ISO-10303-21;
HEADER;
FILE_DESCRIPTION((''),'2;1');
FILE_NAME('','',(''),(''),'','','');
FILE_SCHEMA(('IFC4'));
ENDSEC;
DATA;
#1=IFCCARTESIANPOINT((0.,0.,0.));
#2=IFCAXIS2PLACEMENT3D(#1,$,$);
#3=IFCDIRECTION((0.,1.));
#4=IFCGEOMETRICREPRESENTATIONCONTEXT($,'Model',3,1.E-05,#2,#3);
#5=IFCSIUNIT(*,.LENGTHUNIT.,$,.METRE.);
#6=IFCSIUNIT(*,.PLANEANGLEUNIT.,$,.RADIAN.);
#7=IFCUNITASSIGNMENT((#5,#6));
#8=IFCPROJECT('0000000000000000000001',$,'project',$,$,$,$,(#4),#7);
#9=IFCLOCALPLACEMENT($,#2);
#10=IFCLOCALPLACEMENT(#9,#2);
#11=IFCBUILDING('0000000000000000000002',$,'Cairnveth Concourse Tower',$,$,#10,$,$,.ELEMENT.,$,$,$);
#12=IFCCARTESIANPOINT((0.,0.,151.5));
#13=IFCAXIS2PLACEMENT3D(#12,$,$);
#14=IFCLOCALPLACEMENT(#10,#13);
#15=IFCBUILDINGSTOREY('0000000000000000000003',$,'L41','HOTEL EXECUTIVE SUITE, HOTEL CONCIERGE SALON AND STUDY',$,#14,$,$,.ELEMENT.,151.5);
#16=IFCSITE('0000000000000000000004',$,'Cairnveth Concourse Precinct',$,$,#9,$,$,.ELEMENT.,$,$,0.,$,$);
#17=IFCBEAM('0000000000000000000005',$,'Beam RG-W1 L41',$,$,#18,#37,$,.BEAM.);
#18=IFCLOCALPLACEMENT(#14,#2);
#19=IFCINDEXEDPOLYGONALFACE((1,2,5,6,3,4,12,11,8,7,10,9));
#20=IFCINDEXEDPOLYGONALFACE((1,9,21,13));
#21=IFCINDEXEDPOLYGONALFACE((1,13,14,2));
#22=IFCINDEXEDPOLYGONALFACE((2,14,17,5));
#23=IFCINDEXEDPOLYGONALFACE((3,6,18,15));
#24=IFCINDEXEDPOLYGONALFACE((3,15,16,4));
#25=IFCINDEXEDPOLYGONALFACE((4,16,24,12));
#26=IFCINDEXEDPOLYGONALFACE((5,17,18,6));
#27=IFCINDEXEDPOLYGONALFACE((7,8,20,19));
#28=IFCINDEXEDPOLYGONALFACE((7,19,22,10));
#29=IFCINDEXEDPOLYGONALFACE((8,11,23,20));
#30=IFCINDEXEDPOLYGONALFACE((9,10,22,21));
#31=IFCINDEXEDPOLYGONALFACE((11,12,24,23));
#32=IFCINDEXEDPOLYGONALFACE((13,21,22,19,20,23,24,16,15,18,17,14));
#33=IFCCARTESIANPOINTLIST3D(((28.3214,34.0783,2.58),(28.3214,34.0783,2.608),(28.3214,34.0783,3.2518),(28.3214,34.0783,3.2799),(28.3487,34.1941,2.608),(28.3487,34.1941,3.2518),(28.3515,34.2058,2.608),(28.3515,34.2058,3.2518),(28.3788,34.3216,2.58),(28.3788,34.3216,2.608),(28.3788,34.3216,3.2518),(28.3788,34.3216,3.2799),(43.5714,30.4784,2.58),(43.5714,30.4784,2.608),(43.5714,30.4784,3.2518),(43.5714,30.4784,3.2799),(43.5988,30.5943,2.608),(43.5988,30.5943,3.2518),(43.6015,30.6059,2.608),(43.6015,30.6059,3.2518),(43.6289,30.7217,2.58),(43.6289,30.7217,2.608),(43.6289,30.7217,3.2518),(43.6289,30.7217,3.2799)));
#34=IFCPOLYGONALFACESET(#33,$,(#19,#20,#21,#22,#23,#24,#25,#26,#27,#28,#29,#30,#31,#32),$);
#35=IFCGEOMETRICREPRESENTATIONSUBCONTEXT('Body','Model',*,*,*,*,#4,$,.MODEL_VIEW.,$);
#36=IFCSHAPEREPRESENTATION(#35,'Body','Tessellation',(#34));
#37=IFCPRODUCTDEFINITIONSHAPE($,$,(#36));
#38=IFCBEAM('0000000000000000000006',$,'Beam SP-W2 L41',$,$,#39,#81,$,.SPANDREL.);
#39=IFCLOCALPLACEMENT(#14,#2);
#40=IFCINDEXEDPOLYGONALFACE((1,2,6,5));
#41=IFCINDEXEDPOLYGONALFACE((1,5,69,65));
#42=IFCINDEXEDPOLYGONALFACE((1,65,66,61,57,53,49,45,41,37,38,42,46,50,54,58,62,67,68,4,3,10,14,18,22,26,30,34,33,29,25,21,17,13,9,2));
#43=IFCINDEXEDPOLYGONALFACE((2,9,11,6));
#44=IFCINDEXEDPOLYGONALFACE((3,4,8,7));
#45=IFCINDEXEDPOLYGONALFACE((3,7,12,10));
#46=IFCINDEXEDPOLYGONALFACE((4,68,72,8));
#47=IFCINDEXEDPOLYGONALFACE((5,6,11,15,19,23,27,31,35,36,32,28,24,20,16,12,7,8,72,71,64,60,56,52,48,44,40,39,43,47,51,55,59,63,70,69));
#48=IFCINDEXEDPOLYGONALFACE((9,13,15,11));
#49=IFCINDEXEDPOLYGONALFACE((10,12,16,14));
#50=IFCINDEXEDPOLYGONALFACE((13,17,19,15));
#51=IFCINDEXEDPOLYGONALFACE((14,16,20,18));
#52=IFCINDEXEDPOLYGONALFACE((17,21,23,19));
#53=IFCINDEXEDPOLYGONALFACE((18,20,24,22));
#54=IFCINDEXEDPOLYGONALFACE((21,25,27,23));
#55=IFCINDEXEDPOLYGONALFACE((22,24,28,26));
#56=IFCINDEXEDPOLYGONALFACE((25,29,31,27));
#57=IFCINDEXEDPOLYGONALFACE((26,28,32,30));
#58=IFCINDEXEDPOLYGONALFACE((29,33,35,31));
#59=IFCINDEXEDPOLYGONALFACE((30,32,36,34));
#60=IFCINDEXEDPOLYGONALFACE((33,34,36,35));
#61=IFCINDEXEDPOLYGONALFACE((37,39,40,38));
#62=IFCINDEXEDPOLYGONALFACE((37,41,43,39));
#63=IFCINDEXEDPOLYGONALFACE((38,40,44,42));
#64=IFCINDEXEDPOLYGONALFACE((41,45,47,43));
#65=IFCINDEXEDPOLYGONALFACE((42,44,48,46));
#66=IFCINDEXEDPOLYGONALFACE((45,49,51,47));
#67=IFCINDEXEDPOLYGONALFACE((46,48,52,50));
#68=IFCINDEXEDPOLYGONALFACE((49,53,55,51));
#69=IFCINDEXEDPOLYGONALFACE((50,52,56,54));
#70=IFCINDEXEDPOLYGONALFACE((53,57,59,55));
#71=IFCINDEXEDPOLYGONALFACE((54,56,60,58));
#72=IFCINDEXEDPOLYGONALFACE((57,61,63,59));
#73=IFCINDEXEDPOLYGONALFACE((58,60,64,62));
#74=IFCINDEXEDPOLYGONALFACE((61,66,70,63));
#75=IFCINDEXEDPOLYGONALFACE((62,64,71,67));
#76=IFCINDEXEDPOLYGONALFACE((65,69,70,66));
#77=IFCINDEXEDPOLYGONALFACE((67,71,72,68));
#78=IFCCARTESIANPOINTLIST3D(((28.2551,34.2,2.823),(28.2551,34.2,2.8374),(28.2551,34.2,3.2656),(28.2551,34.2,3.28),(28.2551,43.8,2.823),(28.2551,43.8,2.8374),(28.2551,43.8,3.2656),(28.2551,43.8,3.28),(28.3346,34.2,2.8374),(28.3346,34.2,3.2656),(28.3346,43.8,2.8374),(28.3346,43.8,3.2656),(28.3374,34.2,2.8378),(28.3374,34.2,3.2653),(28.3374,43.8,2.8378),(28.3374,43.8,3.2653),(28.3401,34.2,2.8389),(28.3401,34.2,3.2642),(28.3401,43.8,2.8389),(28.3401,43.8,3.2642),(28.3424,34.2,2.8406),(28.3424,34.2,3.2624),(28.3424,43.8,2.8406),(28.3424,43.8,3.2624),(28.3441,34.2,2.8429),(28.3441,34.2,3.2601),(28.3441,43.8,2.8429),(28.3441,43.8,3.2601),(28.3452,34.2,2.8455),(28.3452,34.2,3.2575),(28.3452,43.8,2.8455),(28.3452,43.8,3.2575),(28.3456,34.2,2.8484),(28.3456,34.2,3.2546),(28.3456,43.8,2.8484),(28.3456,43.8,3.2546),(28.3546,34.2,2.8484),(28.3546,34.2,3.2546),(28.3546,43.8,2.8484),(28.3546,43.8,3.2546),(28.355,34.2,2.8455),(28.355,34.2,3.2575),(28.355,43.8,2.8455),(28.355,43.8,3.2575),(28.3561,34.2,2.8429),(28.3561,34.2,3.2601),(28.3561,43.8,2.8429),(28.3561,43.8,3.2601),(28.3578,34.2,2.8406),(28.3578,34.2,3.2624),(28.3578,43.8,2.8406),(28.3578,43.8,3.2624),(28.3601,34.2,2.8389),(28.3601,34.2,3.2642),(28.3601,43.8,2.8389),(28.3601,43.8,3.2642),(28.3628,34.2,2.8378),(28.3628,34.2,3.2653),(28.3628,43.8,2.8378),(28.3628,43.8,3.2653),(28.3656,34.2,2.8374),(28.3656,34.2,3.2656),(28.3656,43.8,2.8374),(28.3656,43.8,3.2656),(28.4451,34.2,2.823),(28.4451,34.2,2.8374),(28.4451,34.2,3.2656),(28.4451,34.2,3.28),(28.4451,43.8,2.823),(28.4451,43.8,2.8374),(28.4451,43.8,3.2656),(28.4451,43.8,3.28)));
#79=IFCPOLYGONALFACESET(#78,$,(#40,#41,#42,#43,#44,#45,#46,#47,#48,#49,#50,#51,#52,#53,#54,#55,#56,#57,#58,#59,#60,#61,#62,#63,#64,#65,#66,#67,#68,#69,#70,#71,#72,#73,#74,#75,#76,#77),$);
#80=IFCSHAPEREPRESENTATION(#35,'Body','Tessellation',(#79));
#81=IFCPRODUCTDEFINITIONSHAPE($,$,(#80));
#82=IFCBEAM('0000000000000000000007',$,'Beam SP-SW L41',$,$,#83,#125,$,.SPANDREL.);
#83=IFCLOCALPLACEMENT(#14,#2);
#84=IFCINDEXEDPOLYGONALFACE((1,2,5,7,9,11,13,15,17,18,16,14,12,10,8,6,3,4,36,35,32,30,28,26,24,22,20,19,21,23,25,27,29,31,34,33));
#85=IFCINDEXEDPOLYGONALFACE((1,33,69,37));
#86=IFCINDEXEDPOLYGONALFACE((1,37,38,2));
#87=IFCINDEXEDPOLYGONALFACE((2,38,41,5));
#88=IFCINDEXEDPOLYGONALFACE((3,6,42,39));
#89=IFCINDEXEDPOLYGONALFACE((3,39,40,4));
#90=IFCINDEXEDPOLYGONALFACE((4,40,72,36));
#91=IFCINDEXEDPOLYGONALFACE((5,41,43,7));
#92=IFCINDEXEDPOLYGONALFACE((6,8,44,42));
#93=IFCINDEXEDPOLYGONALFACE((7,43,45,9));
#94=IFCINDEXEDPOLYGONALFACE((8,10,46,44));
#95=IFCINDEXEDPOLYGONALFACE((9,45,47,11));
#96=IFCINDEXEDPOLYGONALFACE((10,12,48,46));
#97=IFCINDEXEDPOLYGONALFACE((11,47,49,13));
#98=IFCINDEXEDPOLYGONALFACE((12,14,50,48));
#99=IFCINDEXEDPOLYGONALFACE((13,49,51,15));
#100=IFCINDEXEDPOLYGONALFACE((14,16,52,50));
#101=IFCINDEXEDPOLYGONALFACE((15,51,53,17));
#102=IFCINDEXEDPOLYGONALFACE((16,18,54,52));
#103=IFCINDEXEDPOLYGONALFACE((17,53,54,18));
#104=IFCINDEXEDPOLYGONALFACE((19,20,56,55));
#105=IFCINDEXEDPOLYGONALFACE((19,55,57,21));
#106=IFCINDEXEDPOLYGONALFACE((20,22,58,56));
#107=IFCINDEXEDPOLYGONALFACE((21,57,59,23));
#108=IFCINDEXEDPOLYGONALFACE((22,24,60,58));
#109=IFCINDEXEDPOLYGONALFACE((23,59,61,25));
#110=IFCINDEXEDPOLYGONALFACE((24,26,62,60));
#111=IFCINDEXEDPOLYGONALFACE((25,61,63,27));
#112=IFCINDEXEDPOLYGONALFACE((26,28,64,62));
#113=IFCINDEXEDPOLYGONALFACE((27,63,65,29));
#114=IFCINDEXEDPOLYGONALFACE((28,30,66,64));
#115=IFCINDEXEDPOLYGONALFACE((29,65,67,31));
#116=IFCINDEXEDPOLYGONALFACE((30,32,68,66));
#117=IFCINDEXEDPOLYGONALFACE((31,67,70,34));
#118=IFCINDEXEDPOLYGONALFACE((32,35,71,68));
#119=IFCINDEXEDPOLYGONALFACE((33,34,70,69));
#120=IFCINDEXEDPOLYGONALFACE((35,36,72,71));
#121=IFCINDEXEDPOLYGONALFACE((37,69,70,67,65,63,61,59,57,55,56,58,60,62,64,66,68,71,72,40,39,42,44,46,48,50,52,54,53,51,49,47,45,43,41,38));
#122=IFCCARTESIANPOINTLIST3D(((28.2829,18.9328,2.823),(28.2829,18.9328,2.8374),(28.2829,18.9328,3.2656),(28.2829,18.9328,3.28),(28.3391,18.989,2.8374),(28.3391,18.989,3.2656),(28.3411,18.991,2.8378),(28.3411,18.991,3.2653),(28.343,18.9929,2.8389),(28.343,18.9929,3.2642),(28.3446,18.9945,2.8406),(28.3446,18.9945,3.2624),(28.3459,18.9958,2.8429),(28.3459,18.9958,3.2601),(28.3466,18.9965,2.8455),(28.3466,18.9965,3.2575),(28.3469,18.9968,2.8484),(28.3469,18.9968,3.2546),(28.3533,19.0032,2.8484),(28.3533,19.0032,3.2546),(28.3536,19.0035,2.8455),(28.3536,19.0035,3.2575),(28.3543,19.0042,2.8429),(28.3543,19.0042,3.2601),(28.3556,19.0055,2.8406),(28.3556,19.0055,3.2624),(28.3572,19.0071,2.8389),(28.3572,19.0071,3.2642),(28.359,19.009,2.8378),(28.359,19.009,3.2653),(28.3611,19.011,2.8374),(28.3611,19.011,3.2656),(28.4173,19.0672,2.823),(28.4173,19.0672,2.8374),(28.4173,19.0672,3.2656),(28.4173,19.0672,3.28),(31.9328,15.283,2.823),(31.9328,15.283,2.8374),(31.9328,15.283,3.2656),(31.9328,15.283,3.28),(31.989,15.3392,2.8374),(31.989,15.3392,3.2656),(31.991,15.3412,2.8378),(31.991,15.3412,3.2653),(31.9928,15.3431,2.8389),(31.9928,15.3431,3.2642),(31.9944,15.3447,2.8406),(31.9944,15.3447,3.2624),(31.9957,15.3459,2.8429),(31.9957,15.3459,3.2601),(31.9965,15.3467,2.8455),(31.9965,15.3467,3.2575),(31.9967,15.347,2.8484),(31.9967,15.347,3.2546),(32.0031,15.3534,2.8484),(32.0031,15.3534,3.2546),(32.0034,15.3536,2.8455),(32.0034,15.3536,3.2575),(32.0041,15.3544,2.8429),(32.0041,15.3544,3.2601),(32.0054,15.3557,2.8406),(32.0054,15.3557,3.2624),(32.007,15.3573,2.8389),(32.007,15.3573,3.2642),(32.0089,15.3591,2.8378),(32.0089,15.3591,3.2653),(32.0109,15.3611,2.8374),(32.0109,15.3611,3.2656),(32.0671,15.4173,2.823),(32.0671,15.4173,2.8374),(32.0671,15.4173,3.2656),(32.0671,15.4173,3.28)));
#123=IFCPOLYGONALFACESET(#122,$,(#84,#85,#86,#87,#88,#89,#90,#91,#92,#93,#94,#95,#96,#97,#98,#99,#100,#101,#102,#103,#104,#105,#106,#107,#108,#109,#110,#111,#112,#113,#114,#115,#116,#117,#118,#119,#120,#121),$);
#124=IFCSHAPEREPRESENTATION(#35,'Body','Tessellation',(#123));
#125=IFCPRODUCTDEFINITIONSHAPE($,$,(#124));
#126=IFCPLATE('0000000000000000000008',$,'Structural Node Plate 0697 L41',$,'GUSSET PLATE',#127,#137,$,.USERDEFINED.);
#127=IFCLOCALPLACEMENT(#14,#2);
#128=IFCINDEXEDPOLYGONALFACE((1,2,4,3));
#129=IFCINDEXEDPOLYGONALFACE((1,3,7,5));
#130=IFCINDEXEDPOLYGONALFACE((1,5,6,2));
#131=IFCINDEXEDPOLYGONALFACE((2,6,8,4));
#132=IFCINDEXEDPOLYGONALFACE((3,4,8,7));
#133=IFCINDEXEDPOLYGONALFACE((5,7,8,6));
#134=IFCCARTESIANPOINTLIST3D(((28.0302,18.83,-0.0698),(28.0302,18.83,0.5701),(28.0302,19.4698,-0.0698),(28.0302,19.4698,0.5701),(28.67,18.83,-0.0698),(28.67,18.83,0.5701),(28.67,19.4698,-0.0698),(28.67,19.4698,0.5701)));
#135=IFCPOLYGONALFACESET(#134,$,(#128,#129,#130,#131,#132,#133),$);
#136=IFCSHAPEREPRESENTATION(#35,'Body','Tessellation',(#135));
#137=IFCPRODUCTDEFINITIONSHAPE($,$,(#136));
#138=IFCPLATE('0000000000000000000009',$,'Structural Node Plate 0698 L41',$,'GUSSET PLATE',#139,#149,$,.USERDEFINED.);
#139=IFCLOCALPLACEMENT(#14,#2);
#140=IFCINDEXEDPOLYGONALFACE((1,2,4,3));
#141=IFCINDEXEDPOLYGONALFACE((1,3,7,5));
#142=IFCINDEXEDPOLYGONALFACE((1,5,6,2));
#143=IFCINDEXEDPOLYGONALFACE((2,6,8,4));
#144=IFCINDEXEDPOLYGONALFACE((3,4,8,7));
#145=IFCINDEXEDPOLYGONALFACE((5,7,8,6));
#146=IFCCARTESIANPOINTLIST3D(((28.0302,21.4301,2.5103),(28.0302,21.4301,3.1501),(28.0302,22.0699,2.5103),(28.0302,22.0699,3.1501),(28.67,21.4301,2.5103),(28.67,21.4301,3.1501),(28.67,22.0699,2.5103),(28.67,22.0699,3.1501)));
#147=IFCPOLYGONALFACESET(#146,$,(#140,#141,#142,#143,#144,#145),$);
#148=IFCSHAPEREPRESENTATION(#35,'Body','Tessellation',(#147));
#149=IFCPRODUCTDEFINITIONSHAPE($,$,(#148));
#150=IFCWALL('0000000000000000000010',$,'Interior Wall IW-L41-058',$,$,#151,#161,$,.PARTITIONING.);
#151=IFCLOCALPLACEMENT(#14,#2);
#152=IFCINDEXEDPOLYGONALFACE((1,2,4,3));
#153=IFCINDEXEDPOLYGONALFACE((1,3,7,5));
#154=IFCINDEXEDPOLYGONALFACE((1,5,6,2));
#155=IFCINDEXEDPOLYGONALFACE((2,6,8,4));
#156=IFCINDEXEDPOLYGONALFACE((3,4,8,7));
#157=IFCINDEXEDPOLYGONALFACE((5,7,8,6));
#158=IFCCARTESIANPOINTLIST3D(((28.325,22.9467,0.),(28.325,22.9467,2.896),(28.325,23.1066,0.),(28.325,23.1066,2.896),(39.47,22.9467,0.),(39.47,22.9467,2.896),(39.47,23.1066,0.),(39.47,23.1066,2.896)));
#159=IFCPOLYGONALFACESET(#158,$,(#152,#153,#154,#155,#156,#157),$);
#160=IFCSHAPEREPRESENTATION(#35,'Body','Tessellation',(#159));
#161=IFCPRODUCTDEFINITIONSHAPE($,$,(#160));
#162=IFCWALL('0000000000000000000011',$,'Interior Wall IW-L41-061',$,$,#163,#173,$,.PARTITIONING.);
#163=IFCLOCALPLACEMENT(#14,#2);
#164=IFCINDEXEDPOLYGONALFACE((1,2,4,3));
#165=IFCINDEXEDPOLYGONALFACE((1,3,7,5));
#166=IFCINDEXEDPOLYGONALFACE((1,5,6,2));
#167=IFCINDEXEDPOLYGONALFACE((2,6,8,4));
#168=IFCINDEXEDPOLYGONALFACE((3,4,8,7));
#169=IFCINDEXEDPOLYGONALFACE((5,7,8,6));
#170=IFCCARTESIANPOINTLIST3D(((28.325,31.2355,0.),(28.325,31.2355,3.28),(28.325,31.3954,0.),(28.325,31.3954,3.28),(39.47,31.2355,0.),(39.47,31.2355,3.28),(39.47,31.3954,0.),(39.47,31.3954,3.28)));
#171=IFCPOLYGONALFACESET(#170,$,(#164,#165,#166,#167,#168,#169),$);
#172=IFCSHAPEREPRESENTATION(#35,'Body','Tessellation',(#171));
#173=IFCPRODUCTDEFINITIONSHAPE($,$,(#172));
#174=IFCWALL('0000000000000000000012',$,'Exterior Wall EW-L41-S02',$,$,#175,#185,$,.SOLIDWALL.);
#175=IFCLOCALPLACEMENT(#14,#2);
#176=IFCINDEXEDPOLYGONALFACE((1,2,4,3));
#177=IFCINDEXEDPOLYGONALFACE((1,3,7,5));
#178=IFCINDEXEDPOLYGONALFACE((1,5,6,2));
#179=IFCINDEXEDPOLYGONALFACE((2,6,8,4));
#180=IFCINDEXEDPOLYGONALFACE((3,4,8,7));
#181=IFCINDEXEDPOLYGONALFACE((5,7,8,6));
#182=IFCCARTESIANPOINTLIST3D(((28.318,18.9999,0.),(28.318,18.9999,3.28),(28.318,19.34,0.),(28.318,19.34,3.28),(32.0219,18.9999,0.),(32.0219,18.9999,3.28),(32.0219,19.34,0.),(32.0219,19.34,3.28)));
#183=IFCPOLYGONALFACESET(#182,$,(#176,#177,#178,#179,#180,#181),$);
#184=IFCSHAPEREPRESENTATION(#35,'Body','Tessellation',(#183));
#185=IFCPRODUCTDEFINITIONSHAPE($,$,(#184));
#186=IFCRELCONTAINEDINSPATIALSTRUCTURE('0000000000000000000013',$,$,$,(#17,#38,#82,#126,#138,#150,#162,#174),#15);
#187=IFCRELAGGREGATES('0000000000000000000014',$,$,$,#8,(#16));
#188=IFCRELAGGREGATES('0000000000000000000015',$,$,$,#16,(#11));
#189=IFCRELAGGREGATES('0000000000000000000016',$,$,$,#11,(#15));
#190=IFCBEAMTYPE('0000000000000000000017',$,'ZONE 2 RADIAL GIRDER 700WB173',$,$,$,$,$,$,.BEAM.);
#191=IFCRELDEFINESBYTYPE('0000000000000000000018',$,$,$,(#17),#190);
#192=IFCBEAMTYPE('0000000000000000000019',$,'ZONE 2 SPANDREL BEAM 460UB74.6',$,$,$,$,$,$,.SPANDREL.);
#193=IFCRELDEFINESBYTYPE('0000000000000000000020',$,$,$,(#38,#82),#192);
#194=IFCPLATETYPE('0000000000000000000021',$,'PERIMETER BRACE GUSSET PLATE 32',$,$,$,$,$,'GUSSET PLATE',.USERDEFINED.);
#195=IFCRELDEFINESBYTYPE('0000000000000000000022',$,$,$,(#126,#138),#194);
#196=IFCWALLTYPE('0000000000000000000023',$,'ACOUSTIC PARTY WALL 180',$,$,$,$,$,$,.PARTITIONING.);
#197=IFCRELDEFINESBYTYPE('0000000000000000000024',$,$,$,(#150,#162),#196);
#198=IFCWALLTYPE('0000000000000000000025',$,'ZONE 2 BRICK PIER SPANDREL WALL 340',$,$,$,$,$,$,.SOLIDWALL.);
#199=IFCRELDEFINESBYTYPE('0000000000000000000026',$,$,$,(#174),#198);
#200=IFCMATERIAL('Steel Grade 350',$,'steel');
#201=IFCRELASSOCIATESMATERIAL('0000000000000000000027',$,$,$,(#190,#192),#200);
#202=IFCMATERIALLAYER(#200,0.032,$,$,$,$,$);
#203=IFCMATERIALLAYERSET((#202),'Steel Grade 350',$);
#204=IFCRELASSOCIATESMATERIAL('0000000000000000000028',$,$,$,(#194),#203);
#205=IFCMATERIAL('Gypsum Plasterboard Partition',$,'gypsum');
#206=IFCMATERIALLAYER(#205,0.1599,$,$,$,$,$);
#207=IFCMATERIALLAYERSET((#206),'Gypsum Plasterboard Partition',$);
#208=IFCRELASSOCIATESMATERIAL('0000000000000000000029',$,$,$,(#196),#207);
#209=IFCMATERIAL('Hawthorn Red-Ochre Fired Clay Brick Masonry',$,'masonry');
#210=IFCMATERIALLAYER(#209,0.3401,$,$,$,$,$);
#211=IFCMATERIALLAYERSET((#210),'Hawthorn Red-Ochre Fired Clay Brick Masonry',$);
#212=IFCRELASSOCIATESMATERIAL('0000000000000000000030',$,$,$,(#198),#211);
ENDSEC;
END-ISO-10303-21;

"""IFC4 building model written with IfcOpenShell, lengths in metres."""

from ifc_helpers import new_model, si_unit, direction, frame, frame_2d, origin, origin_2d, place, context, subcontext, project, spatial, rectangle, i_section, extrude, material, layer, layer_set, material_profile, profile_set, type_object, element, save


model = new_model("IFC4")

# Units and contexts
model_context = context("Model", 3, precision=1e-05, world=origin(), true_north=direction((0.0, 1.0)))
body_context = subcontext(model_context, "Body", "Model", "MODEL_VIEW")
ifc_project = project(units=[si_unit("LENGTHUNIT", "METRE"), si_unit("PLANEANGLEUNIT", "RADIAN")], contexts=[model_context])

# Site, building, storey
site_placement = place(None, origin())
site = spatial("IfcSite", under=ifc_project, at=site_placement, Name="Cairnveth Concourse Precinct", CompositionType="ELEMENT", RefElevation=0.0)
building_placement = place(site_placement, origin())
building = spatial("IfcBuilding", under=site, at=building_placement, Name="Cairnveth Concourse Tower", CompositionType="ELEMENT")
storey_placement = place(building_placement, frame((0.0, 0.0, 151.5)))
storey = spatial("IfcBuildingStorey", under=building, at=storey_placement, Name="L41", Description="HOTEL EXECUTIVE SUITE, HOTEL CONCIERGE SALON AND STUDY", CompositionType="ELEMENT", Elevation=151.5)

# Shared definitions
ifc_material_1 = material(Name="Steel Grade 350", Category="steel")

# Beams
ifc_material_profile_1 = material_profile(ifc_material_1, i_section(OverallWidth=0.25, OverallDepth=0.7, WebThickness=0.012, FlangeThickness=0.0281, at=origin_2d()), Name="700WB173")
ifc_profile_set_1 = profile_set([ifc_material_profile_1], Name="Steel Grade 350")
beam_type_1 = type_object("IfcBeamType", Name="ZONE 2 RADIAL GIRDER 700WB173", PredefinedType="BEAM", material=ifc_profile_set_1)
beam_1_placement = place(storey_placement, frame((28.3501, 34.2, 2.9299), z_axis=(0.973252, -0.229742, 0.0), x_axis=(0.229742, 0.973252, 0.0)))
element("IfcBeam", 1, at=beam_1_placement, inside=storey, type_object=beam_type_1, Name="Beam RG-W1 L41", PredefinedType="BEAM", context=body_context, shape_type="SweptSolid", body=[
    extrude(i_section(OverallWidth=0.25, OverallDepth=0.7, WebThickness=0.012, FlangeThickness=0.0281, at=origin_2d()), origin(), (0.0, 0.0, 1.0), 15.6692),
])
ifc_material_profile_2 = material_profile(ifc_material_1, i_section(OverallWidth=0.1899, OverallDepth=0.457, WebThickness=0.009, FlangeThickness=0.0144, FilletRadius=0.011, at=origin_2d()), Name="460UB74.6")
ifc_profile_set_2 = profile_set([ifc_material_profile_2], Name="Steel Grade 350")
beam_type_2 = type_object("IfcBeamType", Name="ZONE 2 SPANDREL BEAM 460UB74.6", PredefinedType="SPANDREL", material=ifc_profile_set_2)
beam_2_placement = place(storey_placement, frame((28.3501, 34.2, 3.0515), z_axis=(0.0, 1.0, 0.0), x_axis=(-1.0, 0.0, 0.0)))
element("IfcBeam", 2, at=beam_2_placement, inside=storey, type_object=beam_type_2, Name="Beam SP-W2 L41", PredefinedType="SPANDREL", context=body_context, shape_type="SweptSolid", body=[
    extrude(i_section(OverallWidth=0.1899, OverallDepth=0.457, WebThickness=0.009, FlangeThickness=0.0144, FilletRadius=0.011, at=origin_2d()), origin(), (0.0, 0.0, 1.0), 9.6001),
])
beam_3_placement = place(storey_placement, frame((28.3501, 19.0, 3.0515), z_axis=(0.707107, -0.707107, 0.0), x_axis=(0.707107, 0.707107, 0.0)))
element("IfcBeam", 3, at=beam_3_placement, inside=storey, type_object=beam_type_2, Name="Beam SP-SW L41", PredefinedType="SPANDREL", context=body_context, shape_type="SweptSolid", body=[
    extrude(i_section(OverallWidth=0.1899, OverallDepth=0.457, WebThickness=0.009, FlangeThickness=0.0144, FilletRadius=0.011, at=origin_2d()), origin(), (0.0, 0.0, 1.0), 5.1616),
])

# Plates
ifc_layer_1 = layer(ifc_material_1, 0.032)
ifc_layer_set_1 = layer_set([ifc_layer_1], Name="Steel Grade 350")
plate_type = type_object("IfcPlateType", Name="PERIMETER BRACE GUSSET PLATE 32", ElementType="GUSSET PLATE", PredefinedType="USERDEFINED", material=ifc_layer_set_1)
for number, where, z_axis, x_axis, name in (
    (4, (28.3501, 19.1499, -0.0698), (0.0, 0.0, 1.0), (1.0, 0.0, 0.0), "Structural Node Plate 0697 L41"),
    (5, (28.3501, 21.75, 2.5103), (0.0, 0.0, 1.0), (1.0, 0.0, 0.0), "Structural Node Plate 0698 L41"),
):
    element("IfcPlate", number, at=place(storey_placement, frame(where, z_axis=z_axis, x_axis=x_axis)), inside=storey, type_object=plate_type, Name=name, ObjectType="GUSSET PLATE", PredefinedType="USERDEFINED", context=body_context, shape_type="SweptSolid", body=[
        extrude(rectangle(XDim=0.6399, YDim=0.6399, at=origin_2d()), origin(), (0.0, 0.0, 1.0), 0.6399),
    ])

# Walls
ifc_material_2 = material(Name="Gypsum Plasterboard Partition", Category="gypsum")
ifc_layer_2 = layer(ifc_material_2, 0.1599)
ifc_layer_set_2 = layer_set([ifc_layer_2], Name="Gypsum Plasterboard Partition")
wall_type_1 = type_object("IfcWallType", Name="ACOUSTIC PARTY WALL 180", PredefinedType="PARTITIONING", material=ifc_layer_set_2)
wall_1_placement = place(storey_placement, frame((28.325, 23.0266, 0.0), z_axis=(0.0, 0.0, 1.0), x_axis=(1.0, 0.0, 0.0)))
element("IfcWall", 6, at=wall_1_placement, inside=storey, type_object=wall_type_1, Name="Interior Wall IW-L41-058", PredefinedType="PARTITIONING", context=body_context, shape_type="SweptSolid", body=[
    extrude(rectangle(XDim=11.145, YDim=0.1599, at=frame_2d((5.5725, 0.0))), origin(), (0.0, 0.0, 1.0), 2.896),
])
wall_2_placement = place(storey_placement, frame((28.325, 31.3154, 0.0), z_axis=(0.0, 0.0, 1.0), x_axis=(1.0, 0.0, 0.0)))
element("IfcWall", 7, at=wall_2_placement, inside=storey, type_object=wall_type_1, Name="Interior Wall IW-L41-061", PredefinedType="PARTITIONING", context=body_context, shape_type="SweptSolid", body=[
    extrude(rectangle(XDim=11.145, YDim=0.1599, at=frame_2d((5.5725, 0.0))), origin(), (0.0, 0.0, 1.0), 3.28),
])
ifc_material_3 = material(Name="Hawthorn Red-Ochre Fired Clay Brick Masonry", Category="masonry")
ifc_layer_3 = layer(ifc_material_3, 0.3401)
ifc_layer_set_3 = layer_set([ifc_layer_3], Name="Hawthorn Red-Ochre Fired Clay Brick Masonry")
wall_type_2 = type_object("IfcWallType", Name="ZONE 2 BRICK PIER SPANDREL WALL 340", PredefinedType="SOLIDWALL", material=ifc_layer_set_3)
wall_3_placement = place(storey_placement, frame((32.022, 19.1699, 0.0), z_axis=(0.0, 0.0, 1.0), x_axis=(-1.0, 0.0, 0.0)))
element("IfcWall", 8, at=wall_3_placement, inside=storey, type_object=wall_type_2, Name="Exterior Wall EW-L41-S02", PredefinedType="SOLIDWALL", context=body_context, shape_type="SweptSolid", body=[
    extrude(rectangle(XDim=3.7039, YDim=0.3401, at=frame_2d((1.8521, 0.0))), origin(), (0.0, 0.0, 1.0), 3.28),
])

save(model, "model.ifc")
